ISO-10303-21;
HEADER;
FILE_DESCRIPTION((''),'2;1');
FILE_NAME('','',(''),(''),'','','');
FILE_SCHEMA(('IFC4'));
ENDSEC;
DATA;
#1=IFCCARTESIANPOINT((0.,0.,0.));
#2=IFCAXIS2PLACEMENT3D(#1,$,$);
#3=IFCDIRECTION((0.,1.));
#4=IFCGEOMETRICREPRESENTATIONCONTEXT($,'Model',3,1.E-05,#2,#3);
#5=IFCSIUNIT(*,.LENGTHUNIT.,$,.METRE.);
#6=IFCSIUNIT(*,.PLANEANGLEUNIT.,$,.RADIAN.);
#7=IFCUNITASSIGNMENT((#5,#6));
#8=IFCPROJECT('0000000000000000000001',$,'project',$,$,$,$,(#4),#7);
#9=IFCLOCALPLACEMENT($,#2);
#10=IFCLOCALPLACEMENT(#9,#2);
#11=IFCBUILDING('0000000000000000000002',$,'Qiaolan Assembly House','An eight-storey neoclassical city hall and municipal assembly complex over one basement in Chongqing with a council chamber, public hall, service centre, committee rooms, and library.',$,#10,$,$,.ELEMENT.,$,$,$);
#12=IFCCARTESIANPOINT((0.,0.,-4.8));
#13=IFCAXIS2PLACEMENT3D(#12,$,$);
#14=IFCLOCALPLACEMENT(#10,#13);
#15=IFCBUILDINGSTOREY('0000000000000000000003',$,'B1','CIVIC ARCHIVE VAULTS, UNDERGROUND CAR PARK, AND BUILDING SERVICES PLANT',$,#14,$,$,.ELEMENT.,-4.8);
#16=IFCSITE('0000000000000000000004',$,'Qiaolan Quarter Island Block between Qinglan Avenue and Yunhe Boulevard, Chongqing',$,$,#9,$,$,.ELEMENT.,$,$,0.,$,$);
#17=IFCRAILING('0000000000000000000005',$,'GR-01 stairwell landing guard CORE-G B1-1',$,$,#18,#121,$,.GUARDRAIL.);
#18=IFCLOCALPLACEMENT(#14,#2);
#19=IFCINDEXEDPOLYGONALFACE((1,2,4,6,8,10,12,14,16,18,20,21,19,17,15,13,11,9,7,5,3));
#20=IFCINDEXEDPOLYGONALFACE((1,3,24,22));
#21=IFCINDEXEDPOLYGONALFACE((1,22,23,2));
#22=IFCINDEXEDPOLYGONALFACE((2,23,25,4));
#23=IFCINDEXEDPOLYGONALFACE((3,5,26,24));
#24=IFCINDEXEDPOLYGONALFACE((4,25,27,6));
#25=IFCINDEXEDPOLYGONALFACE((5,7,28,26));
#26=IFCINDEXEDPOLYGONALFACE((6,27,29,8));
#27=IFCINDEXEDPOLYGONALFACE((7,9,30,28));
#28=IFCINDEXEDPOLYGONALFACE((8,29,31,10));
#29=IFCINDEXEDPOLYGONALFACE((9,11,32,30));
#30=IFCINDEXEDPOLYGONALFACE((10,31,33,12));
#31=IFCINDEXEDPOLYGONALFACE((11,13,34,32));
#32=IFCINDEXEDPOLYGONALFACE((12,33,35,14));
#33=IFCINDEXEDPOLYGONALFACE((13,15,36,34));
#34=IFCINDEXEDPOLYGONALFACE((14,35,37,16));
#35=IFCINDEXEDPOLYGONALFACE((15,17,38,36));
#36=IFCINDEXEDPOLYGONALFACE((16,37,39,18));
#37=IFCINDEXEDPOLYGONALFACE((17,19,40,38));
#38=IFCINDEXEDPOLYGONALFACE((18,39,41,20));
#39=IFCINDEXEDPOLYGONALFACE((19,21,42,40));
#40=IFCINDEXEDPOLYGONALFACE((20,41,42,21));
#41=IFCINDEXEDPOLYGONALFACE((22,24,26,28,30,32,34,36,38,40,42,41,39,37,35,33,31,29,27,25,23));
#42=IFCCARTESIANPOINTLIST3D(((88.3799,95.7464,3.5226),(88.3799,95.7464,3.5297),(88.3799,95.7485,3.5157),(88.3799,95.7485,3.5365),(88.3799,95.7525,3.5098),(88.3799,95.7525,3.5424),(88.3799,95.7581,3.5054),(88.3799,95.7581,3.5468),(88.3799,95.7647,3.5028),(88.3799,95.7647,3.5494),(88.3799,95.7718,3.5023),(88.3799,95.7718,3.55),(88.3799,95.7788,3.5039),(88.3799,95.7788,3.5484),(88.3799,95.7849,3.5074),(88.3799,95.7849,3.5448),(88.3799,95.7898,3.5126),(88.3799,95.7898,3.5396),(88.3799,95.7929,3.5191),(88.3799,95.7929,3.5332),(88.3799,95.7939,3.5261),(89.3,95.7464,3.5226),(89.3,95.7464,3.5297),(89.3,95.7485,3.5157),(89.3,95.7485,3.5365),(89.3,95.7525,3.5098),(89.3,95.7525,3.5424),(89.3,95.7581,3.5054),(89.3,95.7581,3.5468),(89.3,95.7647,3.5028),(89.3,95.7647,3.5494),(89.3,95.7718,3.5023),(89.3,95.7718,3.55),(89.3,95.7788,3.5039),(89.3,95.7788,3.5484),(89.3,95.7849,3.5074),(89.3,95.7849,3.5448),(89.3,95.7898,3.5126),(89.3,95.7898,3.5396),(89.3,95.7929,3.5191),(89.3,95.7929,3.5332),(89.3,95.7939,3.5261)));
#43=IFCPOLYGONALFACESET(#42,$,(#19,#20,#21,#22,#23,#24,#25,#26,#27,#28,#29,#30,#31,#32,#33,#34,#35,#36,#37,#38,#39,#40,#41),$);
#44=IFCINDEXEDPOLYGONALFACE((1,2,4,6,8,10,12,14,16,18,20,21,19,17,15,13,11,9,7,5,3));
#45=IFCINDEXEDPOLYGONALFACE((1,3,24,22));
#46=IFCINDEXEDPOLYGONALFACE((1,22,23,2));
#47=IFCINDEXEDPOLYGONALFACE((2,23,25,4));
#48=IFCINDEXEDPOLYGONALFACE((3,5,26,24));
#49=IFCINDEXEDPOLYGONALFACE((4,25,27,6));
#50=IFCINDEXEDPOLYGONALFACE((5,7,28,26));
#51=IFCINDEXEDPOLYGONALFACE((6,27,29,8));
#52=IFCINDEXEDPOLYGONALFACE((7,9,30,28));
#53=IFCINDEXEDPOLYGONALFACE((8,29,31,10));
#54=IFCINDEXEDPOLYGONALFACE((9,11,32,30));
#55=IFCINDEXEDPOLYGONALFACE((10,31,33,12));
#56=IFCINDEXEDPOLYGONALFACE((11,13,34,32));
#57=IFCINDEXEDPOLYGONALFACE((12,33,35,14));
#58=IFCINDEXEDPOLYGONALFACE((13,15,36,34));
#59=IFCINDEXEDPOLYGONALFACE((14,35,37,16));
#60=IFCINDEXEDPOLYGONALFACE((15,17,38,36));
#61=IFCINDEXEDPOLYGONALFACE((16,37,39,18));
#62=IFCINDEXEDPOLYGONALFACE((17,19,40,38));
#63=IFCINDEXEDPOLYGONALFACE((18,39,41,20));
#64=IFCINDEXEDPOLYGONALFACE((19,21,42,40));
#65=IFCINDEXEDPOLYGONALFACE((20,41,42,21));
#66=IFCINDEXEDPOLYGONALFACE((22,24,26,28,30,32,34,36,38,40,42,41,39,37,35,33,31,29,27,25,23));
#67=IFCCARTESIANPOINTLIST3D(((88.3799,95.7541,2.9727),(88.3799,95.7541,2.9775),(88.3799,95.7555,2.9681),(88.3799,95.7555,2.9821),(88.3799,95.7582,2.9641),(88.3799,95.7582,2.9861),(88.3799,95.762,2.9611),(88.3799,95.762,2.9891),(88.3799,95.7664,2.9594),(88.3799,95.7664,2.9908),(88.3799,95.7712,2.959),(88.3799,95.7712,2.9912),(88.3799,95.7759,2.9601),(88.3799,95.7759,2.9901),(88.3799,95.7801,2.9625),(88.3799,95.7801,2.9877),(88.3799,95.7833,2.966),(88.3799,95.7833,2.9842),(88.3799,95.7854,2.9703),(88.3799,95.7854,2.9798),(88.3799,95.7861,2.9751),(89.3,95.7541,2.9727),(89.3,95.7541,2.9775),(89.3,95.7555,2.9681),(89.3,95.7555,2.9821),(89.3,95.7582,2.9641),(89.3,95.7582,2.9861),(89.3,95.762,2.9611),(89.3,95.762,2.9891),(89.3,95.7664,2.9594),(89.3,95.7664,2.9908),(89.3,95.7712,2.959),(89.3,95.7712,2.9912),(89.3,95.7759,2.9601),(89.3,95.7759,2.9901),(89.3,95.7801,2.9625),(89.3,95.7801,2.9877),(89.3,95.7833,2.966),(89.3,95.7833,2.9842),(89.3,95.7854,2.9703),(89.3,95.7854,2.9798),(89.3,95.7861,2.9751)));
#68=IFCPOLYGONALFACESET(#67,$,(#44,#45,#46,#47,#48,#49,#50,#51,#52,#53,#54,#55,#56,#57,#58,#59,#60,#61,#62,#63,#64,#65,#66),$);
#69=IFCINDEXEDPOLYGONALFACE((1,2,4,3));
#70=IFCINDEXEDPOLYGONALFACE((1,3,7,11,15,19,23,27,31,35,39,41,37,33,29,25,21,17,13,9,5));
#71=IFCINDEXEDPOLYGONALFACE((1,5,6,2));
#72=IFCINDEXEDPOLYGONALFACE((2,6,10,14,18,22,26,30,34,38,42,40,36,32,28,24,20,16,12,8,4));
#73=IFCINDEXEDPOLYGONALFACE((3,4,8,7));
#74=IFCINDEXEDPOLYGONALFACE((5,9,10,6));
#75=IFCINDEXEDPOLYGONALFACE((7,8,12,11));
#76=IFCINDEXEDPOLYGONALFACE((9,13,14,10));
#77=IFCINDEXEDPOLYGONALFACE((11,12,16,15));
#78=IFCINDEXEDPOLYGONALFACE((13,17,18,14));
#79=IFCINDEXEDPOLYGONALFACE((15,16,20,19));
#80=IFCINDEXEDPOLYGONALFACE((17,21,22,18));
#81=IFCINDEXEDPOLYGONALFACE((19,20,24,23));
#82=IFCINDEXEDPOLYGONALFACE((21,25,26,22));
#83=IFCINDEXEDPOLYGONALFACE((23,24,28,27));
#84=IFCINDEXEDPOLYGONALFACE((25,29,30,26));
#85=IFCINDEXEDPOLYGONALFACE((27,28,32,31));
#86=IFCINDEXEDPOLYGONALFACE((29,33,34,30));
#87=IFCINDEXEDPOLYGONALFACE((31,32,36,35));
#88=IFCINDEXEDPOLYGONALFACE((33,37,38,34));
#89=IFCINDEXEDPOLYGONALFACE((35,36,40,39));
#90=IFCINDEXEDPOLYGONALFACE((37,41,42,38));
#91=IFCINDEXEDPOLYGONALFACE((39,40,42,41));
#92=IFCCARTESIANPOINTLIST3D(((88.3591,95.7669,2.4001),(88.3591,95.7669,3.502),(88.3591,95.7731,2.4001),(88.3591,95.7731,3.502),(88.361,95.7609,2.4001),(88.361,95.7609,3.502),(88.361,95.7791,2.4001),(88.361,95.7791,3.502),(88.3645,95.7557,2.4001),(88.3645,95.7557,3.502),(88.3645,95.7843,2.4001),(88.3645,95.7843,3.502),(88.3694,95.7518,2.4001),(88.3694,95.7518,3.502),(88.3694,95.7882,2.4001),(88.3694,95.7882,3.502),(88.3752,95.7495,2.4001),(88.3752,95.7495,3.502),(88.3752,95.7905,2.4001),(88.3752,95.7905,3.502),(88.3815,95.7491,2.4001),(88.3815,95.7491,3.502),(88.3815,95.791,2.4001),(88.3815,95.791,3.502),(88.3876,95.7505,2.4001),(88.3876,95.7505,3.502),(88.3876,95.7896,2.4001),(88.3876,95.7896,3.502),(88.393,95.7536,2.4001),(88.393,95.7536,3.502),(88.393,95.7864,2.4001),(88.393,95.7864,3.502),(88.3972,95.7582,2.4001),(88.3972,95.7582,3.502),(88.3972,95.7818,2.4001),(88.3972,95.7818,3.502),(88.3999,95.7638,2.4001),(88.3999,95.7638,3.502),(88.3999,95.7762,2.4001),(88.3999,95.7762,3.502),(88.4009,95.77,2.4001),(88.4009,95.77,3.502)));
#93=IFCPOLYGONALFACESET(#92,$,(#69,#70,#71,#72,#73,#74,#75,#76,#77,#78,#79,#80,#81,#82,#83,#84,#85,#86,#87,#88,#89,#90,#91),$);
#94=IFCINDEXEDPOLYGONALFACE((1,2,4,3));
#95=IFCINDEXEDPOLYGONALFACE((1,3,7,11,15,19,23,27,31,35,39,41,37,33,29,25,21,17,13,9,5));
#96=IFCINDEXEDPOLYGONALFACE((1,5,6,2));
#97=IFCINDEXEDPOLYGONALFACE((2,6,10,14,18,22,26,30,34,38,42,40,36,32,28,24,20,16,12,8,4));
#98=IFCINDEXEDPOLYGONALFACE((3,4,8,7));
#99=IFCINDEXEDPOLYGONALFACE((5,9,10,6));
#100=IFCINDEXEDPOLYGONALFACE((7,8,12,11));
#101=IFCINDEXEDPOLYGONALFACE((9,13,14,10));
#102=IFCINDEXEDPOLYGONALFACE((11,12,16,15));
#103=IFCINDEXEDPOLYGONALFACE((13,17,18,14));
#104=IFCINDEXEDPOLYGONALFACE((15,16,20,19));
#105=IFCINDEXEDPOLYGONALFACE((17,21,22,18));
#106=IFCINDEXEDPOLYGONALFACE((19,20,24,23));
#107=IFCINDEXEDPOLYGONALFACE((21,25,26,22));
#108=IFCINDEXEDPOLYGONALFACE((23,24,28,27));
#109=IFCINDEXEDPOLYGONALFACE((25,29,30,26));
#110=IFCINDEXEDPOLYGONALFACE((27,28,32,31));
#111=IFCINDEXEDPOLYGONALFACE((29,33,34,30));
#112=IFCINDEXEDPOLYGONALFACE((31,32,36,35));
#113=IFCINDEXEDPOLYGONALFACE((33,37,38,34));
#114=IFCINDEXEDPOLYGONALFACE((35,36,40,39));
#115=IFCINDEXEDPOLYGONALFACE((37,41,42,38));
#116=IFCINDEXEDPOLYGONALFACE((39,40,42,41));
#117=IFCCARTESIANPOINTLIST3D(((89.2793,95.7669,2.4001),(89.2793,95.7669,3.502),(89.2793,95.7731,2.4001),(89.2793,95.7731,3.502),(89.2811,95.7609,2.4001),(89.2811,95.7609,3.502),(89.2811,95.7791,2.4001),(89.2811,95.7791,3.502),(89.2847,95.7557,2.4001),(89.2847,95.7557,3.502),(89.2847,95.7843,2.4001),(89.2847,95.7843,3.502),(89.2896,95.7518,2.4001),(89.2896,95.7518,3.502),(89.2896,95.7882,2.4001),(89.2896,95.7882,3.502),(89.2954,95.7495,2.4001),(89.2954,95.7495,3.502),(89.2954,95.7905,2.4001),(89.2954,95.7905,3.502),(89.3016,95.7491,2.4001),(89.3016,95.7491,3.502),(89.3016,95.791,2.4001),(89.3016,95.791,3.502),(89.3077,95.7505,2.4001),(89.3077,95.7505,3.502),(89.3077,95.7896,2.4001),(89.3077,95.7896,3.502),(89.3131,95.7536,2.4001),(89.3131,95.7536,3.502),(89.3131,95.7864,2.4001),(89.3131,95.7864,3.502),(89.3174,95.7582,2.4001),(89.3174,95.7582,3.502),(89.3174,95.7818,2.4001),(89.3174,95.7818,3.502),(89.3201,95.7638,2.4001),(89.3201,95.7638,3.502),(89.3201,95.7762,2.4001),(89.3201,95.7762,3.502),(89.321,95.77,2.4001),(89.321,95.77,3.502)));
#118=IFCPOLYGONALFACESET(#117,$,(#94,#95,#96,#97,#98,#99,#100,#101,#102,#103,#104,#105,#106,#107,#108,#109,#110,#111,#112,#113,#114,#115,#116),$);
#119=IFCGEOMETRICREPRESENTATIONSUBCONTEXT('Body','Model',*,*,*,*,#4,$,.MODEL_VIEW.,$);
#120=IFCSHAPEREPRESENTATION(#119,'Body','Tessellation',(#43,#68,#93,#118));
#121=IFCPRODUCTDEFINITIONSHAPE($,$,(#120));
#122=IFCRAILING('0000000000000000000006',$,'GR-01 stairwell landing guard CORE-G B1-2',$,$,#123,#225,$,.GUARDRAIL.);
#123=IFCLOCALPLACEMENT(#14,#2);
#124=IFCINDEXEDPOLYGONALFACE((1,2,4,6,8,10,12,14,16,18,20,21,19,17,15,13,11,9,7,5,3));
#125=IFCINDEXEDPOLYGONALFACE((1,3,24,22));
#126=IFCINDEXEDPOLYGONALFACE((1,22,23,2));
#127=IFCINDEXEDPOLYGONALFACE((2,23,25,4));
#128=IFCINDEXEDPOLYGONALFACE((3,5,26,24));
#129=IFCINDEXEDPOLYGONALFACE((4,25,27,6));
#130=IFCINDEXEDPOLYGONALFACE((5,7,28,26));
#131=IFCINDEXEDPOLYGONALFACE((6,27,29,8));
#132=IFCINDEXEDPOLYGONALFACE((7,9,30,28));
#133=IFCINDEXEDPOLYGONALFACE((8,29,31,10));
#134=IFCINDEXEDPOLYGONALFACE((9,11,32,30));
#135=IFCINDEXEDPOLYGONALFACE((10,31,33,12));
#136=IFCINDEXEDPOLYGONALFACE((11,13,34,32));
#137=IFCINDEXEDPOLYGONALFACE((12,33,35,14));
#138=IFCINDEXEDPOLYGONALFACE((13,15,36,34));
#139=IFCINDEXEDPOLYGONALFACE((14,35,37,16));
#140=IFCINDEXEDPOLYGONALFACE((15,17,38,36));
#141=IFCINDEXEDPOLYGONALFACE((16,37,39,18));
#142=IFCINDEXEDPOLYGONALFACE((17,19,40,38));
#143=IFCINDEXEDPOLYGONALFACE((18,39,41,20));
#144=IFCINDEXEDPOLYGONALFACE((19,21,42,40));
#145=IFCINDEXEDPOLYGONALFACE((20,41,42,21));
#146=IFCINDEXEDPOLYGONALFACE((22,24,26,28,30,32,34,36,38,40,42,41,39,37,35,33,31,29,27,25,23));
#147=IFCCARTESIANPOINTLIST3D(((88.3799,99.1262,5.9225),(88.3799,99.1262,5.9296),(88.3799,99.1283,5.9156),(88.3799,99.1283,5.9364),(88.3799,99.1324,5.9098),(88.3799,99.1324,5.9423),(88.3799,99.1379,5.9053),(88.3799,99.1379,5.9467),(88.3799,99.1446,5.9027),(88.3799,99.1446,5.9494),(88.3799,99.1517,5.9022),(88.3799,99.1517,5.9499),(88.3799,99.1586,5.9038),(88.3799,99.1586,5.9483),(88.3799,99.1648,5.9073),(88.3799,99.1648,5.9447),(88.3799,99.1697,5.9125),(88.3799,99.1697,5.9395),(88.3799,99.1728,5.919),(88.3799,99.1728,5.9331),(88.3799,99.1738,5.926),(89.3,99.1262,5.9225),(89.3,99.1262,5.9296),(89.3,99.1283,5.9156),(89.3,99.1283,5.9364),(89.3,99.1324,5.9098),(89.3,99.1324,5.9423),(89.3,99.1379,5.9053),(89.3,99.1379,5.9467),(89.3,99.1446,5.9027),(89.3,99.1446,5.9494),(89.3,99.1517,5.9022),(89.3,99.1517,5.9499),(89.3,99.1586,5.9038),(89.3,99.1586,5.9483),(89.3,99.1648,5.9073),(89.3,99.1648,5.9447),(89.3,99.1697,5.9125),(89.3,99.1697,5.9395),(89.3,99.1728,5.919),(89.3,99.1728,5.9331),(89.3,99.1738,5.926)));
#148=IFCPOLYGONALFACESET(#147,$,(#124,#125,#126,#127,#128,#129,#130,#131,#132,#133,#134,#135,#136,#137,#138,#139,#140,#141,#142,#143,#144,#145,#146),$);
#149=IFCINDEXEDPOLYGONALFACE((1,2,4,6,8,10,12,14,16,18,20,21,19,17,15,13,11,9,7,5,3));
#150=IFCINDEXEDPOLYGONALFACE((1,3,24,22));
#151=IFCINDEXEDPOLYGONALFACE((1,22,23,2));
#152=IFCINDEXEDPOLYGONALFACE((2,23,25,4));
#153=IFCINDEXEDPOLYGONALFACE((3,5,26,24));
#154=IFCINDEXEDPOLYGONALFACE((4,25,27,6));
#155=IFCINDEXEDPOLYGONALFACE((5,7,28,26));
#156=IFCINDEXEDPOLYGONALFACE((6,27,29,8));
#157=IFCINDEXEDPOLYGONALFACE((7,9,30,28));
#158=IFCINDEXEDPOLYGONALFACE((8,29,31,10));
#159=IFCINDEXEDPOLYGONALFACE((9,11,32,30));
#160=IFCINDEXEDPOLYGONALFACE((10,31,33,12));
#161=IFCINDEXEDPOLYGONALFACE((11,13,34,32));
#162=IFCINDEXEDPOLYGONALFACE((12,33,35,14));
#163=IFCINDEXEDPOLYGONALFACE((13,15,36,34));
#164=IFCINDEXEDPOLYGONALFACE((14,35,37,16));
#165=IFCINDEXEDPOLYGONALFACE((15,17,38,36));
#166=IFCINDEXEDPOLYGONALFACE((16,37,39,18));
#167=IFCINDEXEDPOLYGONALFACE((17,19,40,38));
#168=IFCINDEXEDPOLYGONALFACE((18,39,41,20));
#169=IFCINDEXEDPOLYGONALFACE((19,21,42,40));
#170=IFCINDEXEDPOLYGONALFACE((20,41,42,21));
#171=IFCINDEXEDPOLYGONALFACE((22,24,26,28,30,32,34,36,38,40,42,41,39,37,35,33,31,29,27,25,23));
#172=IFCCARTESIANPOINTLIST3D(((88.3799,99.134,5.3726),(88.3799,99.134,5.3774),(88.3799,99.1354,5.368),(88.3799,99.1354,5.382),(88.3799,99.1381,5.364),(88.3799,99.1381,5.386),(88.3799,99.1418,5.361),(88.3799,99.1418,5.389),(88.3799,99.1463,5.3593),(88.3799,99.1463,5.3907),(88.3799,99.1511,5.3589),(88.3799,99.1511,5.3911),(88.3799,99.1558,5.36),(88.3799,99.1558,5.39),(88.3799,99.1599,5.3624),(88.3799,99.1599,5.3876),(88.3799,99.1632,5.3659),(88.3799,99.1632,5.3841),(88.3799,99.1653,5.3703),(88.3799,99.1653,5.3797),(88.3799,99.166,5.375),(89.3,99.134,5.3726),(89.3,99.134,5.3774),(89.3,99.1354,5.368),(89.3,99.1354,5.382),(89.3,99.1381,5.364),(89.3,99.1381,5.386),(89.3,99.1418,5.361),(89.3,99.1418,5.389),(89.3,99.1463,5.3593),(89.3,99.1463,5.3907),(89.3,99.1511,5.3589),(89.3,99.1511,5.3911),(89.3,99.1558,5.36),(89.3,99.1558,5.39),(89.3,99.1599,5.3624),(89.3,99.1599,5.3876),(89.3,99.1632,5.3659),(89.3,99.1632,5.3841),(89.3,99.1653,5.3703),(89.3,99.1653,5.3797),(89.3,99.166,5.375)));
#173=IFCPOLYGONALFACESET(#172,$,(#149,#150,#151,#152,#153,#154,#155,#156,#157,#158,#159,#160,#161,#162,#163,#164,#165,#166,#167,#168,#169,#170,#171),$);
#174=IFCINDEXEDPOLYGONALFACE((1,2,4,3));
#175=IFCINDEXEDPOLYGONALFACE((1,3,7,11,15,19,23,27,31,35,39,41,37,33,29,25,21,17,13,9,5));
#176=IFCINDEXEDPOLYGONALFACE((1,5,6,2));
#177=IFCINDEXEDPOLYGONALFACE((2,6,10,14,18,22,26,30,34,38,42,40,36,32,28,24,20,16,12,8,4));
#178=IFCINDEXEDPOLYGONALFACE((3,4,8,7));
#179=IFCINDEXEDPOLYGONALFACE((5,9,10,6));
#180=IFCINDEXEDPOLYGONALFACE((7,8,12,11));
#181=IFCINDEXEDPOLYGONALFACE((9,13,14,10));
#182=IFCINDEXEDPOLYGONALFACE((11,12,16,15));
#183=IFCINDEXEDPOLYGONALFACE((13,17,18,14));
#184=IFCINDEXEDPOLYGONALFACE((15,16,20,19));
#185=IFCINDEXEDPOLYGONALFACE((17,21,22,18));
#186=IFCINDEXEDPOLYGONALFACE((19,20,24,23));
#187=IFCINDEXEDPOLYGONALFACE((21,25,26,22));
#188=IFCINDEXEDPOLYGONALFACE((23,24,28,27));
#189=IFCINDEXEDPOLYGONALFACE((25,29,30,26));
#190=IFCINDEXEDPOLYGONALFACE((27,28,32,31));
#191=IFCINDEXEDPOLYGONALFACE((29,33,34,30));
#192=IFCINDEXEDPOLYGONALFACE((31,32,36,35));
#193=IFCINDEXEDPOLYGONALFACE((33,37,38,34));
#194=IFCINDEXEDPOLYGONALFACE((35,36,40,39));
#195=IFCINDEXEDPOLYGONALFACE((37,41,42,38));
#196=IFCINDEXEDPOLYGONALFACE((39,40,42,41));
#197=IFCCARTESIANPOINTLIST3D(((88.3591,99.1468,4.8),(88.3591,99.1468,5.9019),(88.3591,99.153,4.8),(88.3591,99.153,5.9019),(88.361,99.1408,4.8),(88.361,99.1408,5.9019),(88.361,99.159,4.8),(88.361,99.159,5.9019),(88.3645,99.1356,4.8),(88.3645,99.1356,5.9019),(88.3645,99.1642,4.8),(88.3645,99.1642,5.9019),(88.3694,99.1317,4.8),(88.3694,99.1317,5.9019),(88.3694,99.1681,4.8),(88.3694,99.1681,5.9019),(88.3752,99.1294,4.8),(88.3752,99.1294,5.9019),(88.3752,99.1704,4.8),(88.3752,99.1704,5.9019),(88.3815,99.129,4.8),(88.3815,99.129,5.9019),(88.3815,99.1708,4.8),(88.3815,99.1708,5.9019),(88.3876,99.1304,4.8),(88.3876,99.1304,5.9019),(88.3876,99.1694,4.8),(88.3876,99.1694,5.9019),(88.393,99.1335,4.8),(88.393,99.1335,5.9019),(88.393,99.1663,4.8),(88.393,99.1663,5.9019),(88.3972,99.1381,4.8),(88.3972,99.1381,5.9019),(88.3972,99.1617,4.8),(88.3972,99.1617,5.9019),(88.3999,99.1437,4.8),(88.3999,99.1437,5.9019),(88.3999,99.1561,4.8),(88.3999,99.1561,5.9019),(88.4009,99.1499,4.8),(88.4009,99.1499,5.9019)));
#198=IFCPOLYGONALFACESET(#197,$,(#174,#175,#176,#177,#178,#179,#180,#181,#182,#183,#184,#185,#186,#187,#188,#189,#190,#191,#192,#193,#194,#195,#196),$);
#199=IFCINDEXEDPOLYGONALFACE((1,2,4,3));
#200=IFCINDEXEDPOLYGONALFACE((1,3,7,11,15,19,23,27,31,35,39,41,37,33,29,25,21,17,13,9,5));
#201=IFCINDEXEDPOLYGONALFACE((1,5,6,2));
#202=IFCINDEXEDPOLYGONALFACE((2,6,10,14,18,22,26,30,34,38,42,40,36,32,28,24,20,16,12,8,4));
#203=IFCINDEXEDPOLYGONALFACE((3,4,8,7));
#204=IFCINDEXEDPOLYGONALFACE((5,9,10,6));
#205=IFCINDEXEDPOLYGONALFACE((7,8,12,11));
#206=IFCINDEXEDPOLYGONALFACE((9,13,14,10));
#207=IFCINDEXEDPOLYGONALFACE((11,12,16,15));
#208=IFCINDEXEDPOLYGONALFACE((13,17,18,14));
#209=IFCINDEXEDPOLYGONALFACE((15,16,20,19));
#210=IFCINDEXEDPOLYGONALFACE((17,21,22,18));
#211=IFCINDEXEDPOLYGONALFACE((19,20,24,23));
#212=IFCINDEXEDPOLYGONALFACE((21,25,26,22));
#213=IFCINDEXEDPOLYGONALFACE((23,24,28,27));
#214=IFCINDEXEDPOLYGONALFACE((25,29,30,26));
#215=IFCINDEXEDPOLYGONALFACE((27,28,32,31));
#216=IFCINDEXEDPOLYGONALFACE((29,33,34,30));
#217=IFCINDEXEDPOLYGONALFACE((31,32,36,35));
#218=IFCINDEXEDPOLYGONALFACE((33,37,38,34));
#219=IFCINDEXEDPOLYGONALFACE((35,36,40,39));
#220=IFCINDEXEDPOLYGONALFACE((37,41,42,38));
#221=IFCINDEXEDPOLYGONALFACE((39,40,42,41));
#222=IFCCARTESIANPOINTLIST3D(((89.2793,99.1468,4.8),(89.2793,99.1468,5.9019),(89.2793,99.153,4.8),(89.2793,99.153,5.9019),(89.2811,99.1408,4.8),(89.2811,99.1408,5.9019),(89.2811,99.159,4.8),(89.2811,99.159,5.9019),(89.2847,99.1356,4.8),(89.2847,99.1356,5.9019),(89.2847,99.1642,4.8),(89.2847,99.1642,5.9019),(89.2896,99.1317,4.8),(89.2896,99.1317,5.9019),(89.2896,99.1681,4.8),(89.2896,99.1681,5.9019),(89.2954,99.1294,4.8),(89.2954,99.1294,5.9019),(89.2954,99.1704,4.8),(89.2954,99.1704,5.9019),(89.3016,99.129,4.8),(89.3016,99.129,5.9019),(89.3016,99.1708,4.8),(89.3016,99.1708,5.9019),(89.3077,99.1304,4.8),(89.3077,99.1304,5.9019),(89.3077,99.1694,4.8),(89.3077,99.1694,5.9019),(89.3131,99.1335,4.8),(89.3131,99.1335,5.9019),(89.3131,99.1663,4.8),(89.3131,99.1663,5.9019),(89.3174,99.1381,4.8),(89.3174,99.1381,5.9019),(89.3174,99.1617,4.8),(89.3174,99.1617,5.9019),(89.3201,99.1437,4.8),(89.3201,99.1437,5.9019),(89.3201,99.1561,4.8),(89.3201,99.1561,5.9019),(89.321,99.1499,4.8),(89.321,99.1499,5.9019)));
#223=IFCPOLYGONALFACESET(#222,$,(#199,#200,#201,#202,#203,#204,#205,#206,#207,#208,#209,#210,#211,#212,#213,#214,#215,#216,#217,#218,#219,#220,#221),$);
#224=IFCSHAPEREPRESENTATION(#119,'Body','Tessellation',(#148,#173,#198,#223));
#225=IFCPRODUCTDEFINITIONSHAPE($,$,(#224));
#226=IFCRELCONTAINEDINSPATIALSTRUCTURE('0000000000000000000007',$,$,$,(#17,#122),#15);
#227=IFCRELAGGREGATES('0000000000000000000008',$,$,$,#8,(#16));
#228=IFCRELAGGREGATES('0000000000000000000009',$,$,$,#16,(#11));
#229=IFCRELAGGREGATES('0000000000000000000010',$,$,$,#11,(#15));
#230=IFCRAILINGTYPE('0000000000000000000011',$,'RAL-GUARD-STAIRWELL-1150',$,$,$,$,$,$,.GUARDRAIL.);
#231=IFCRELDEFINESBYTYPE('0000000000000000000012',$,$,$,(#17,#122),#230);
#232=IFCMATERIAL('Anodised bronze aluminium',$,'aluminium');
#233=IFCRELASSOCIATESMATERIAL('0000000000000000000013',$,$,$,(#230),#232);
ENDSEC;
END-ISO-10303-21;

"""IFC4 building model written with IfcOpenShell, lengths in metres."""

from ifc_helpers import new_model, si_unit, direction, frame, origin, origin_2d, place, context, subcontext, project, spatial, circle, extrude, material, type_object, element, save


model = new_model("IFC4")

# Units and contexts
model_context = context("Model", 3, precision=1e-05, world=origin(), true_north=direction((0.0, 1.0)))
body_context = subcontext(model_context, "Body", "Model", "MODEL_VIEW")
ifc_project = project(units=[si_unit("LENGTHUNIT", "METRE"), si_unit("PLANEANGLEUNIT", "RADIAN")], contexts=[model_context])

# Site, building, storey
site_placement = place(None, origin())
site = spatial("IfcSite", under=ifc_project, at=site_placement, Name="Qiaolan Quarter Island Block between Qinglan Avenue and Yunhe Boulevard, Chongqing", CompositionType="ELEMENT", RefElevation=0.0)
building_placement = place(site_placement, origin())
building = spatial("IfcBuilding", under=site, at=building_placement, Name="Qiaolan Assembly House", Description="An eight-storey neoclassical city hall and municipal assembly complex over one basement in Chongqing with a council chamber, public hall, service centre, committee rooms, and library.", CompositionType="ELEMENT")
storey_placement = place(building_placement, frame((0.0, 0.0, -4.8)))
storey = spatial("IfcBuildingStorey", under=building, at=storey_placement, Name="B1", Description="CIVIC ARCHIVE VAULTS, UNDERGROUND CAR PARK, AND BUILDING SERVICES PLANT", CompositionType="ELEMENT", Elevation=-4.8)

# Railings
ifc_material_1 = material(Name="Anodised bronze aluminium", Category="aluminium")
railing_type_1 = type_object("IfcRailingType", Name="RAL-GUARD-STAIRWELL-1150", PredefinedType="GUARDRAIL", material=ifc_material_1)
for number, where, name in (
    (1, (88.3799, 95.77, 2.4001), "GR-01 stairwell landing guard CORE-G B1-1"),
    (2, (88.3799, 99.1499, 4.8), "GR-01 stairwell landing guard CORE-G B1-2"),
):
    element("IfcRailing", number, at=place(storey_placement, frame(where)), inside=storey, type_object=railing_type_1, Name=name, PredefinedType="GUARDRAIL", context=body_context, shape_type="SweptSolid", body=[
        extrude(circle(Radius=0.0239, at=origin_2d()), frame((0.0, 0.0, 1.126), z_axis=(1.0, 0.0, 0.0), x_axis=(0.0, 1.0, 0.0)), (0.0, 0.0, 1.0), 0.9202),
        extrude(circle(Radius=0.0161, at=origin_2d()), frame((0.0, 0.0, 0.575), z_axis=(1.0, 0.0, 0.0), x_axis=(0.0, 1.0, 0.0)), (0.0, 0.0, 1.0), 0.9202),
        extrude(circle(Radius=0.021, at=origin_2d()), origin(), (0.0, 0.0, 1.0), 1.1018),
        extrude(circle(Radius=0.021, at=origin_2d()), frame((0.9202, 0.0, 0.0)), (0.0, 0.0, 1.0), 1.1018),
    ])

save(model, "model.ifc")
